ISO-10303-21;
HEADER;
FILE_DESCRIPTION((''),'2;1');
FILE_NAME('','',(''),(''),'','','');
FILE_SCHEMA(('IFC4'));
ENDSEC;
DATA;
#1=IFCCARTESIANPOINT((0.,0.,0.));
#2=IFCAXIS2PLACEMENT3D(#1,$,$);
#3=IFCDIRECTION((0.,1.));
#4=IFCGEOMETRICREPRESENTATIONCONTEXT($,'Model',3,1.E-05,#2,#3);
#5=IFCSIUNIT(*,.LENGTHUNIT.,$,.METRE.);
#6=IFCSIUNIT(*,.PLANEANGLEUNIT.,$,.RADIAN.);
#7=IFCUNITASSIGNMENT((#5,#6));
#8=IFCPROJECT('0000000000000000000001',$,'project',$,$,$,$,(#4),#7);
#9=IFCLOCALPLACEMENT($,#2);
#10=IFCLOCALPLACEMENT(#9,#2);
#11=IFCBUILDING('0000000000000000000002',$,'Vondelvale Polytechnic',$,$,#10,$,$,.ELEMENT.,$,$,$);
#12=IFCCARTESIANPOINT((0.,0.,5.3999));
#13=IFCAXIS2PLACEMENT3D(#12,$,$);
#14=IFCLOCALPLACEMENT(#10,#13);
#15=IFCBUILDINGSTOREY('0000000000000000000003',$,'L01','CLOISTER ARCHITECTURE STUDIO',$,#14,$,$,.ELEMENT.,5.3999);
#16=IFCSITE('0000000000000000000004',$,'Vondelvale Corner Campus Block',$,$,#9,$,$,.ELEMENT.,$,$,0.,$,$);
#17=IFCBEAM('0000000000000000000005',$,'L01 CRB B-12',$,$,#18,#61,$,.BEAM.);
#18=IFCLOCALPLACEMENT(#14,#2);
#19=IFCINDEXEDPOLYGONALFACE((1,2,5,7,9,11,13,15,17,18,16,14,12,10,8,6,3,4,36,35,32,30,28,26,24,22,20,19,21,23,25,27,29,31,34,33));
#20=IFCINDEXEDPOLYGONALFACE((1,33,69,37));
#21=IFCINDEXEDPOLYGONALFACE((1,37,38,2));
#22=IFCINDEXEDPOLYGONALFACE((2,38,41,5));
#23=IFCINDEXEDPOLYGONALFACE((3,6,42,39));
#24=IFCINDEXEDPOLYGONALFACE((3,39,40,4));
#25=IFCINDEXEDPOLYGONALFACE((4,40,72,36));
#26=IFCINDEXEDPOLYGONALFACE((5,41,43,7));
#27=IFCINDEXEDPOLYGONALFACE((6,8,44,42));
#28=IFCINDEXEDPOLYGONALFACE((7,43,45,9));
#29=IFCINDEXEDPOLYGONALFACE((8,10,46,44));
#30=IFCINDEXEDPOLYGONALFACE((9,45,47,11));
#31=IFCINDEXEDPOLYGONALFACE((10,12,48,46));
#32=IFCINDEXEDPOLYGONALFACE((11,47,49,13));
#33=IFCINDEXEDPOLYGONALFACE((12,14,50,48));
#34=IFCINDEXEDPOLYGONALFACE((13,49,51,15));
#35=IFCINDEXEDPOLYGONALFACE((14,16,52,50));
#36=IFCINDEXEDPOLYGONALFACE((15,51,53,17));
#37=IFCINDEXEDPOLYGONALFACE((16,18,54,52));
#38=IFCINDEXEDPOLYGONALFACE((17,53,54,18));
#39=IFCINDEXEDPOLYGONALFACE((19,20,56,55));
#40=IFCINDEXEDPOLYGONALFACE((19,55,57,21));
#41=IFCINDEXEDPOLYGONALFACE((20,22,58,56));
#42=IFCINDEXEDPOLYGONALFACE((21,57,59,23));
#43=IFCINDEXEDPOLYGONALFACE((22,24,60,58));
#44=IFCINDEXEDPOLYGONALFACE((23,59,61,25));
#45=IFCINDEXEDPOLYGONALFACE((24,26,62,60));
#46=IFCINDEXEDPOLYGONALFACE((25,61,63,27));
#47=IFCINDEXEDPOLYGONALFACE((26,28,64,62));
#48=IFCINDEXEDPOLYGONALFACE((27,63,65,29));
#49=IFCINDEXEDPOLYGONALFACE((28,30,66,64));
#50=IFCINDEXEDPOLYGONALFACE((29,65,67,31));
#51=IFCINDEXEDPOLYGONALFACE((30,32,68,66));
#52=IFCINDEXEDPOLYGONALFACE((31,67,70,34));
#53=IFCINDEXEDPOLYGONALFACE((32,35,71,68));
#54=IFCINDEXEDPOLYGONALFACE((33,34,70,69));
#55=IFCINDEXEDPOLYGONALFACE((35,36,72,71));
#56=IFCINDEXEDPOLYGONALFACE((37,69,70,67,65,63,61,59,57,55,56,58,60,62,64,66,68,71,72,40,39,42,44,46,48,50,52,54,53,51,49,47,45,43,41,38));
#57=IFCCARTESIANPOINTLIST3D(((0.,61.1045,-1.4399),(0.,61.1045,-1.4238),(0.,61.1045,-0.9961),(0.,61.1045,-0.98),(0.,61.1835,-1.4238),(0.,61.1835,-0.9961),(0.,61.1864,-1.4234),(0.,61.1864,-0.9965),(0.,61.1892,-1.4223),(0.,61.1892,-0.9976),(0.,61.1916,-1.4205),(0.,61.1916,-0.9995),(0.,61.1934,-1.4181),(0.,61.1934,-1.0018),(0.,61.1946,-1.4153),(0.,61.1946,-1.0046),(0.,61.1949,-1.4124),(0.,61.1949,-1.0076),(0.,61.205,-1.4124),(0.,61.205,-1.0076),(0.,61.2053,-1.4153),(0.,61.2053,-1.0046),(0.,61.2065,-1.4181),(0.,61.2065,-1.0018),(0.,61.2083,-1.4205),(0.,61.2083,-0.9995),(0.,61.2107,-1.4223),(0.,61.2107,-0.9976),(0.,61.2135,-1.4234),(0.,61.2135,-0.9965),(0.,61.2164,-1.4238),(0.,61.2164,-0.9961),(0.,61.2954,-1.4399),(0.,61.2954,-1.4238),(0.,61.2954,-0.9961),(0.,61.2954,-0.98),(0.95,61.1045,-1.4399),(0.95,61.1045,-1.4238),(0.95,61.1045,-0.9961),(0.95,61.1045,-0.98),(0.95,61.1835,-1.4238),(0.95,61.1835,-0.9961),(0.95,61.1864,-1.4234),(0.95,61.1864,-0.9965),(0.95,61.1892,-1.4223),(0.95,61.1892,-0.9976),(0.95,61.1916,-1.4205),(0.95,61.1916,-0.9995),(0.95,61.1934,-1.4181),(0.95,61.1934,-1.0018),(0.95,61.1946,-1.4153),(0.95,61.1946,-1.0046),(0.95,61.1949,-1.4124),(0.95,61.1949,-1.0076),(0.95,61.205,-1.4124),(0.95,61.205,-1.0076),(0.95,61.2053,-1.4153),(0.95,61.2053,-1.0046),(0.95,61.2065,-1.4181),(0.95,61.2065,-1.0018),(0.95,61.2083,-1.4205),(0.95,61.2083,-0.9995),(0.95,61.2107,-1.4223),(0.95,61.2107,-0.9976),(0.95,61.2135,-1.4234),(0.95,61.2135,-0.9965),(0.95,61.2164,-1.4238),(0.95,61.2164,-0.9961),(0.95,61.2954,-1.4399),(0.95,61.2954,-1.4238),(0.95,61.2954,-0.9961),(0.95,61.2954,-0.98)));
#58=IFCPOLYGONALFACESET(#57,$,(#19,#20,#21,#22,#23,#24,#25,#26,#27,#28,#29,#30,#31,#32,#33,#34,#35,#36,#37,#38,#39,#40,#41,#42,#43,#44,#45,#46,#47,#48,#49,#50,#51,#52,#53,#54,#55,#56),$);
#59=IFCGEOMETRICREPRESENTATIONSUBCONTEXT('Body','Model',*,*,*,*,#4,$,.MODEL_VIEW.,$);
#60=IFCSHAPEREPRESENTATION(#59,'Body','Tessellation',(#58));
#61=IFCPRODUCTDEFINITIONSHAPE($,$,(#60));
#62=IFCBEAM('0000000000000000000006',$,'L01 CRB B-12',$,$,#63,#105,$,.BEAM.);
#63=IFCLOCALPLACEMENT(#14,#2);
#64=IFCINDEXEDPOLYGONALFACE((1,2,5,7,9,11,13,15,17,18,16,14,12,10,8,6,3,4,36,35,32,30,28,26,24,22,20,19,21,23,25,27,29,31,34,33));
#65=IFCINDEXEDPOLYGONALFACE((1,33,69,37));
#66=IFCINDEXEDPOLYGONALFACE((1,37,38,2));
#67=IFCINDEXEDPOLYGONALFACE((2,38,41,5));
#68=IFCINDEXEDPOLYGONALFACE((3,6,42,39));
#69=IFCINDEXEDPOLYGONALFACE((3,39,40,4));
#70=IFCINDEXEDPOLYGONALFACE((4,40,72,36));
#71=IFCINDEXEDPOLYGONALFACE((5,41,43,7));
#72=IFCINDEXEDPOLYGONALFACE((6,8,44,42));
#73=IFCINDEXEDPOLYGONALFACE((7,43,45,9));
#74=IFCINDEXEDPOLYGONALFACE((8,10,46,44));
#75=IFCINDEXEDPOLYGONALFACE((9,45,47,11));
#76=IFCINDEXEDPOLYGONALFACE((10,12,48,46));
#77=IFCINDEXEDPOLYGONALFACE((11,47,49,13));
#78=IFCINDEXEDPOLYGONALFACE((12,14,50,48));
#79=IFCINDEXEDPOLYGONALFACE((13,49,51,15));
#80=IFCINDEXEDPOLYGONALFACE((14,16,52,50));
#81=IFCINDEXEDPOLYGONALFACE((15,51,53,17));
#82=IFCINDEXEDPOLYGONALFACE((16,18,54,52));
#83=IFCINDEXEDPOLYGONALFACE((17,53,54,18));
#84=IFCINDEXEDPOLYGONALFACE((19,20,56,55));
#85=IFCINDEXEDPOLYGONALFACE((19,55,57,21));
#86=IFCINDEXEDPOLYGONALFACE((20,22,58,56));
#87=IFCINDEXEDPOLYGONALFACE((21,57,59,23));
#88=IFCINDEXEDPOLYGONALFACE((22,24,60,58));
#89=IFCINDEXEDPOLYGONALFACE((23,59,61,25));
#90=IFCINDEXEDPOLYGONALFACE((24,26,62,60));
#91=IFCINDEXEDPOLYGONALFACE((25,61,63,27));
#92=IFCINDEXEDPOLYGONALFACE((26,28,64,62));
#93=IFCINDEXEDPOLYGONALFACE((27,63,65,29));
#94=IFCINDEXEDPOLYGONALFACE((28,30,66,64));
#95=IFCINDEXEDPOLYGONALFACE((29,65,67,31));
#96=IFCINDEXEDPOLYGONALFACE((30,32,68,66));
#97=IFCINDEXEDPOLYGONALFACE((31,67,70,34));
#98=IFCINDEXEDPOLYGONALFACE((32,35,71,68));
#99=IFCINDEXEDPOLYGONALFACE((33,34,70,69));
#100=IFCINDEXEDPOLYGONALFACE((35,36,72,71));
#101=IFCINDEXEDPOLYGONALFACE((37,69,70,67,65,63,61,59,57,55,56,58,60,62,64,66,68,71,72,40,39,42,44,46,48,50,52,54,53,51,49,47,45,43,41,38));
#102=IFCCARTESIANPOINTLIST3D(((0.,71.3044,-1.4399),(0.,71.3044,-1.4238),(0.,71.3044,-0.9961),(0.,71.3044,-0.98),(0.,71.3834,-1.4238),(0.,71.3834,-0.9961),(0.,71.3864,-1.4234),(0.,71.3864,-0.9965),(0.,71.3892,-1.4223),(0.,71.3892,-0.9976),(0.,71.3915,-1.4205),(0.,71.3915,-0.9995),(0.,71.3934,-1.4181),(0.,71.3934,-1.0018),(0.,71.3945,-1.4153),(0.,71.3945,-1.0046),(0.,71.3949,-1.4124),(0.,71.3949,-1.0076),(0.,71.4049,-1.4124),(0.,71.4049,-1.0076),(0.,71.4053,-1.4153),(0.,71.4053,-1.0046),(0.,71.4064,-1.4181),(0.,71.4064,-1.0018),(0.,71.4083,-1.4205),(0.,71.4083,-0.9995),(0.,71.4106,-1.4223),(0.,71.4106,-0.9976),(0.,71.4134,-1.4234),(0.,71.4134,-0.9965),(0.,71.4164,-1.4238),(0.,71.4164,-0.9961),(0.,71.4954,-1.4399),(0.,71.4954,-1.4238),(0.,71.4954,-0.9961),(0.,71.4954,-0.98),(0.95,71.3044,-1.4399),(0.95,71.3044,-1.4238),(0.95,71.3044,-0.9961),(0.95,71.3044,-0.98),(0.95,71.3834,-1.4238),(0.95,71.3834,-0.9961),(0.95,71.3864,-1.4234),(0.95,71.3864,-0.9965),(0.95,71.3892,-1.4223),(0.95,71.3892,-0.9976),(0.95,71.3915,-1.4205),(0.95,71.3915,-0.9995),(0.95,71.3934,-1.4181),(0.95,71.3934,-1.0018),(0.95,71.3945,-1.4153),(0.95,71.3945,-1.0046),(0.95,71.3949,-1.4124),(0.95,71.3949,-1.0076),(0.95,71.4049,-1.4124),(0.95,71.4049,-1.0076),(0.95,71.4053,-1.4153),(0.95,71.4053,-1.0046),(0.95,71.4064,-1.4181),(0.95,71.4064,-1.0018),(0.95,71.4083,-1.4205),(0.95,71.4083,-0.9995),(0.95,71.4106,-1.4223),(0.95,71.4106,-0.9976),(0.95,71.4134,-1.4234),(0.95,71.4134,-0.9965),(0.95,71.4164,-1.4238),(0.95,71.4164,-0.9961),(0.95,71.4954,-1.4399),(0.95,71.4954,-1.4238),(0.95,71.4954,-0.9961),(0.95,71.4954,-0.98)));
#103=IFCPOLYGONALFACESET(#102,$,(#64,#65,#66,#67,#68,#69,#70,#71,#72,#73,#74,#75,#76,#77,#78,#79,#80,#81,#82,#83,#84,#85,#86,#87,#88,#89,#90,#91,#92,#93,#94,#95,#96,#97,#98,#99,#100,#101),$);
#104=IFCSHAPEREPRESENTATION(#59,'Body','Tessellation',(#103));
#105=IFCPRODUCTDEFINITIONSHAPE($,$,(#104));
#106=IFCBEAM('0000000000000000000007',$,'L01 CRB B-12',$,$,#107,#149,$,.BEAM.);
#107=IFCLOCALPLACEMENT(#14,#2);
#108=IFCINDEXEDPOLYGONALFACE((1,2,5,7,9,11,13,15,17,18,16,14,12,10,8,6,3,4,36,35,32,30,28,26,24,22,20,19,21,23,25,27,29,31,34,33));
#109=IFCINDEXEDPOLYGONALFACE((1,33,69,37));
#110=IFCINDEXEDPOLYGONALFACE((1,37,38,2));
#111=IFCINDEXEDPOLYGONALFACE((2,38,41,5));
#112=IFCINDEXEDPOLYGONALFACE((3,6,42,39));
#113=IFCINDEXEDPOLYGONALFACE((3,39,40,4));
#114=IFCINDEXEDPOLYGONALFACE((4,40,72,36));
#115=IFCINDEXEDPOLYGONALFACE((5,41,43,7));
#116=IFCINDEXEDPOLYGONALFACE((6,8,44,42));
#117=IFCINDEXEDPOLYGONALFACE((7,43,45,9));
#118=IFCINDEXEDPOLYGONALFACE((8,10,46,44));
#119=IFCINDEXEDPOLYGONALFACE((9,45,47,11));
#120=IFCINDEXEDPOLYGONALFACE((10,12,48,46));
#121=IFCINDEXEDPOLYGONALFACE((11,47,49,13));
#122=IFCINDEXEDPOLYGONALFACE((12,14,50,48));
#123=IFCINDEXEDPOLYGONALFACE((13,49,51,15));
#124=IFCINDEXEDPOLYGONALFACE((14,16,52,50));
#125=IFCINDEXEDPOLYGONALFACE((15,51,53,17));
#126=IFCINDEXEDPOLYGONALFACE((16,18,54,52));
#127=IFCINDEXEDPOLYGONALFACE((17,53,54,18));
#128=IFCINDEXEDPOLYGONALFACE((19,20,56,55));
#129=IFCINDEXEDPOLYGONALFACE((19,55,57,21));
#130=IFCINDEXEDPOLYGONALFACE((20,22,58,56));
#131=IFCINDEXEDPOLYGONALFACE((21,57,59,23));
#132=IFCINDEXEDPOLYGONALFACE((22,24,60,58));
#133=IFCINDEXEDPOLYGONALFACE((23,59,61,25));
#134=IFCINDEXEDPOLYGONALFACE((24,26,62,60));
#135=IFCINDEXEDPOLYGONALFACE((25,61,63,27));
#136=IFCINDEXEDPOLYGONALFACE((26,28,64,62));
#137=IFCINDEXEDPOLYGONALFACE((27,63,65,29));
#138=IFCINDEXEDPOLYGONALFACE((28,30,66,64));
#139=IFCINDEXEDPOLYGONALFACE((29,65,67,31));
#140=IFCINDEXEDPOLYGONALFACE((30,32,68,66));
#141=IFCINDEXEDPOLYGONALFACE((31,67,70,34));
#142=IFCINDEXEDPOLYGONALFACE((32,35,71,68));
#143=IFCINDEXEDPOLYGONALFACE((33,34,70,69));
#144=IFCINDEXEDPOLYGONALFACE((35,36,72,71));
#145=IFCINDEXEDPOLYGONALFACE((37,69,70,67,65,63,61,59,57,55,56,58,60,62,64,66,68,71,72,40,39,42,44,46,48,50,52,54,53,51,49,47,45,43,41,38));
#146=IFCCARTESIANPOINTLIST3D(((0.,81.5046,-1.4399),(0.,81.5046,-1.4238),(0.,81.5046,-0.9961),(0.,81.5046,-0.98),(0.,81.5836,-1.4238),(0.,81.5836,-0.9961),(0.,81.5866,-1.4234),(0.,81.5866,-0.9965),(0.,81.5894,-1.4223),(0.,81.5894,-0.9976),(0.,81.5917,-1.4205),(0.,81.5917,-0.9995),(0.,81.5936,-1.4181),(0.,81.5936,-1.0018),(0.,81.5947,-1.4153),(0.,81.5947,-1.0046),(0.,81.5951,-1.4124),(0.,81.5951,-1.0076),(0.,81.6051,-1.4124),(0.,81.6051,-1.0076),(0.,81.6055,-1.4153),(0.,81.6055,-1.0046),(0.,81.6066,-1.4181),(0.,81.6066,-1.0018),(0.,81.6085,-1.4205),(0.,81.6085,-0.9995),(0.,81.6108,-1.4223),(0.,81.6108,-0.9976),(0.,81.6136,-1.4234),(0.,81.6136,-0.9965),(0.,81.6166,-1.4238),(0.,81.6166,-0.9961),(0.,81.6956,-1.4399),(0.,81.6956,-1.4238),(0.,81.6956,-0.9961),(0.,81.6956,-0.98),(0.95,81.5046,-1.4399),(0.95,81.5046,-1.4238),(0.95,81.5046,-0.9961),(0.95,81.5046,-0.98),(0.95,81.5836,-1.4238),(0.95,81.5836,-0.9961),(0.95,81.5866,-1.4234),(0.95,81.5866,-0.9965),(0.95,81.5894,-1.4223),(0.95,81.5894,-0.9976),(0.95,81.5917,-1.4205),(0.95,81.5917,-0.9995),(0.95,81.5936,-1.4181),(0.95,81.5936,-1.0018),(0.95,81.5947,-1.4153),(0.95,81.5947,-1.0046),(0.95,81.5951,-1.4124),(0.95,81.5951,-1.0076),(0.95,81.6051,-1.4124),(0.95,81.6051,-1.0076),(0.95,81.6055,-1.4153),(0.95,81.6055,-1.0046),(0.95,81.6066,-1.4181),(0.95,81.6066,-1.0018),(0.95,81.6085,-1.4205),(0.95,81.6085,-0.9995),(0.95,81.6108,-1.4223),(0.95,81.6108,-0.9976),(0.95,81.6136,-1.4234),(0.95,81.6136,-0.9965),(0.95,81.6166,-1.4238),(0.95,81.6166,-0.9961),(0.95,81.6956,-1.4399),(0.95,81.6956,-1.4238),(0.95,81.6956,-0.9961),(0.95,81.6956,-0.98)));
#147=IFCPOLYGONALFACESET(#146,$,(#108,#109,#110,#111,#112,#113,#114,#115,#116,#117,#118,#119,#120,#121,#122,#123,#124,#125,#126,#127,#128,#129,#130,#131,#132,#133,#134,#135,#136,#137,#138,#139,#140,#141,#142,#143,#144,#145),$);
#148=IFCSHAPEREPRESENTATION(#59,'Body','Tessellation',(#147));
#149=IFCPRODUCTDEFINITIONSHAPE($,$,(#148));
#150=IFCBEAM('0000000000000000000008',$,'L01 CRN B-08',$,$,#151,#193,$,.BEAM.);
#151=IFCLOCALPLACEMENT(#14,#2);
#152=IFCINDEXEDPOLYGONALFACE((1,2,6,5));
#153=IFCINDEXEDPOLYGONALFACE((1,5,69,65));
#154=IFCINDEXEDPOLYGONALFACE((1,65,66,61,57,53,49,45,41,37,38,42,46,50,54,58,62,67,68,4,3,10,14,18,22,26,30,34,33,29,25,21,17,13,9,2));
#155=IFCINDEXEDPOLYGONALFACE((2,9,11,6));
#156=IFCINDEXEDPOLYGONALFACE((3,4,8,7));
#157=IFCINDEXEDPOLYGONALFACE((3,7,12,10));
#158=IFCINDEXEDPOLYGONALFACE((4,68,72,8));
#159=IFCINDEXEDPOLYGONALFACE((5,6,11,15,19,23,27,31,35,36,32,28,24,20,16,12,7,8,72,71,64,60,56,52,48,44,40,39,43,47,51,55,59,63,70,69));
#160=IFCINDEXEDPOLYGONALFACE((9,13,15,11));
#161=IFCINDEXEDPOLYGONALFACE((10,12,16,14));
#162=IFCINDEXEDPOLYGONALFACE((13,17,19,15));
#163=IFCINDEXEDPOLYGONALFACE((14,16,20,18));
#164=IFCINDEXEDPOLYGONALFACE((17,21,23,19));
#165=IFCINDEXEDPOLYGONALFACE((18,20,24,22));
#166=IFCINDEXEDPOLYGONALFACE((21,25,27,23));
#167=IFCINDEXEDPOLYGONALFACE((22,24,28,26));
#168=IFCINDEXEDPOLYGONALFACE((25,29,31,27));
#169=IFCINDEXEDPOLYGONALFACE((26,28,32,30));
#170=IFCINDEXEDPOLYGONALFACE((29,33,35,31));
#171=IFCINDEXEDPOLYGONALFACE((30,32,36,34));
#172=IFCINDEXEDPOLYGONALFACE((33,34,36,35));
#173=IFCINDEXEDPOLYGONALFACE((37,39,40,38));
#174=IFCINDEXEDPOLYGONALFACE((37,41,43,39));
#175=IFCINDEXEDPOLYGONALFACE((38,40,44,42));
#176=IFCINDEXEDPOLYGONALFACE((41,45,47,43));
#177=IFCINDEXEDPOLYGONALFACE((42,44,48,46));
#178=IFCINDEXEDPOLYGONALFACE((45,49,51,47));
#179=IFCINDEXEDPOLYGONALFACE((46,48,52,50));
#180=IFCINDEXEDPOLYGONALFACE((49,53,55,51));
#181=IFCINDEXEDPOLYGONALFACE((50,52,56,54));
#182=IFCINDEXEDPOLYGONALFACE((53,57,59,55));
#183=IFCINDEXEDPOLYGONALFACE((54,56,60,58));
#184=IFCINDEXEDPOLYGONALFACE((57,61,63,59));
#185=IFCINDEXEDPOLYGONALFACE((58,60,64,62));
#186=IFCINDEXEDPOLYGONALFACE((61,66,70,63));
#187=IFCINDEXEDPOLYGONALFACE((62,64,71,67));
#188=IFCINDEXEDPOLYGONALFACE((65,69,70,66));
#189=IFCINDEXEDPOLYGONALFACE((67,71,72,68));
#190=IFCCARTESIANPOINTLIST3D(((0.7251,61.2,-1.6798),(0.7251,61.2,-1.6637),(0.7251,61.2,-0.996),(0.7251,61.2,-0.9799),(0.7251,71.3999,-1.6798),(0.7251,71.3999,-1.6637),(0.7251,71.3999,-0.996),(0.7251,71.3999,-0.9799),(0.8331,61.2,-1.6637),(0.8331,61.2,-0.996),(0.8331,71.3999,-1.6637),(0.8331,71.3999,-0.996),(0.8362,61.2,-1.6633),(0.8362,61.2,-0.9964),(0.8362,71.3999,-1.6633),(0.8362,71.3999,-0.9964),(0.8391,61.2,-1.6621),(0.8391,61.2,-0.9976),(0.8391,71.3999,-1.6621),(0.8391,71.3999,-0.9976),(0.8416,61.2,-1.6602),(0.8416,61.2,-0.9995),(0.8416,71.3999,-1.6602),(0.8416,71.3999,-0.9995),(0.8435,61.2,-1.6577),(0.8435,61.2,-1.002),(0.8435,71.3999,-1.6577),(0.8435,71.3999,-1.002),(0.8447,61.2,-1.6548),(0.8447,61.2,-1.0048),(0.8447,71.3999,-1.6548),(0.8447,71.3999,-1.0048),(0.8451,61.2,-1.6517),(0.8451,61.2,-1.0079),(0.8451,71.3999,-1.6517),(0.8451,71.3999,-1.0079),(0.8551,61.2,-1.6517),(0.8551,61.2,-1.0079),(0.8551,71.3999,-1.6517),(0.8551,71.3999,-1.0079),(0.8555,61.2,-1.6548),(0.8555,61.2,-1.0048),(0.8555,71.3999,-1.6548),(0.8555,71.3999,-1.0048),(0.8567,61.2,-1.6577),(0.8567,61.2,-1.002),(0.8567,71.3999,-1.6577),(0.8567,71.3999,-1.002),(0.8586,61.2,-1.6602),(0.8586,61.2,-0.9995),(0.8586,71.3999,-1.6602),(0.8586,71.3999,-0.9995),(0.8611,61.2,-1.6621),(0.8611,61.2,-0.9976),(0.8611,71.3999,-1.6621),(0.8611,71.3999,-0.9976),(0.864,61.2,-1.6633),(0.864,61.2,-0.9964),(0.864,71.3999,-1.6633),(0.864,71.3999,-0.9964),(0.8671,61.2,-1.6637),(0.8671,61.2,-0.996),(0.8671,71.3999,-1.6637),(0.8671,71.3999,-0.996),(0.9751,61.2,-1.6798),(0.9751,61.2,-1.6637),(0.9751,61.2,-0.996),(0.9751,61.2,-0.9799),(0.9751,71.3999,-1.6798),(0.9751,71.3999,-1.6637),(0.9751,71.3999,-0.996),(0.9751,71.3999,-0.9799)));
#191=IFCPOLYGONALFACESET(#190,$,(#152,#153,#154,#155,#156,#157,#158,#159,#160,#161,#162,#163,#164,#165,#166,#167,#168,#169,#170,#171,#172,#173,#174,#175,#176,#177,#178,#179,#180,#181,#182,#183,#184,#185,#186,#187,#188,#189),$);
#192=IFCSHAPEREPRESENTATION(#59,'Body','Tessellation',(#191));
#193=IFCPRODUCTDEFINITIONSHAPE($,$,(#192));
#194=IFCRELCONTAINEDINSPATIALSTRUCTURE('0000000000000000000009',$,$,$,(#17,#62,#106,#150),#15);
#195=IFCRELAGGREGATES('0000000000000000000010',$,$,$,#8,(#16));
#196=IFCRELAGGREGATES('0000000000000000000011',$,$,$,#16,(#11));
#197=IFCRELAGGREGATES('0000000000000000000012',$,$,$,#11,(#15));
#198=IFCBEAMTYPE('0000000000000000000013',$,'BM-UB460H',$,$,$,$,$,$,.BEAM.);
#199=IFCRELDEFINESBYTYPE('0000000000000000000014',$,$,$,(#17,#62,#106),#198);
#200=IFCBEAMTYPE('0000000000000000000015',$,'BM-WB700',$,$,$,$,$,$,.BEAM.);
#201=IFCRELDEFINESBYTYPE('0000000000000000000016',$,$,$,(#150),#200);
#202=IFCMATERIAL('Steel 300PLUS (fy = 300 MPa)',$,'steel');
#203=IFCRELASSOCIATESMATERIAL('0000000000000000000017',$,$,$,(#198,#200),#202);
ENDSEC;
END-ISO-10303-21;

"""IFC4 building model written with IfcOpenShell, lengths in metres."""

from ifc_helpers import new_model, si_unit, direction, frame, origin, origin_2d, place, context, subcontext, project, spatial, i_section, extrude, material, material_profile, profile_set, type_object, element, save


model = new_model("IFC4")

# Units and contexts
model_context = context("Model", 3, precision=1e-05, world=origin(), true_north=direction((0.0, 1.0)))
body_context = subcontext(model_context, "Body", "Model", "MODEL_VIEW")
ifc_project = project(units=[si_unit("LENGTHUNIT", "METRE"), si_unit("PLANEANGLEUNIT", "RADIAN")], contexts=[model_context])

# Site, building, storey
site_placement = place(None, origin())
site = spatial("IfcSite", under=ifc_project, at=site_placement, Name="Vondelvale Corner Campus Block", CompositionType="ELEMENT", RefElevation=0.0)
building_placement = place(site_placement, origin())
building = spatial("IfcBuilding", under=site, at=building_placement, Name="Vondelvale Polytechnic", CompositionType="ELEMENT")
storey_placement = place(building_placement, frame((0.0, 0.0, 5.3999)))
storey = spatial("IfcBuildingStorey", under=building, at=storey_placement, Name="L01", Description="CLOISTER ARCHITECTURE STUDIO", CompositionType="ELEMENT", Elevation=5.3999)

# Shared definitions
ifc_material_1 = material(Name="Steel 300PLUS (fy = 300 MPa)", Category="steel")

# Beams
ifc_material_profile_1 = material_profile(ifc_material_1, i_section(OverallWidth=0.1909, OverallDepth=0.46, WebThickness=0.01, FlangeThickness=0.0161, FilletRadius=0.0115, at=origin_2d()), Name="460UB82.1")
ifc_profile_set_1 = profile_set([ifc_material_profile_1], Name="Steel 300PLUS (fy = 300 MPa)")
beam_type_1 = type_object("IfcBeamType", Name="BM-UB460H", PredefinedType="BEAM", material=ifc_profile_set_1)
for number, where, z_axis, x_axis, name in (
    (1, (0.0, 61.2, -1.21), (1.0, 0.0, 0.0), (0.0, 1.0, 0.0), "L01 CRB B-12"),
    (2, (0.0, 71.3999, -1.21), (1.0, 0.0, 0.0), (0.0, 1.0, 0.0), "L01 CRB B-12"),
    (3, (0.0, 81.6001, -1.21), (1.0, 0.0, 0.0), (0.0, 1.0, 0.0), "L01 CRB B-12"),
):
    element("IfcBeam", number, at=place(storey_placement, frame(where, z_axis=z_axis, x_axis=x_axis)), inside=storey, type_object=beam_type_1, Name=name, PredefinedType="BEAM", context=body_context, shape_type="SweptSolid", body=[
        extrude(i_section(OverallWidth=0.1909, OverallDepth=0.46, WebThickness=0.01, FlangeThickness=0.0161, FilletRadius=0.0115, at=origin_2d()), origin(), (0.0, 0.0, 1.0), 0.95),
    ])
ifc_material_profile_2 = material_profile(ifc_material_1, i_section(OverallWidth=0.25, OverallDepth=0.7, WebThickness=0.01, FlangeThickness=0.0161, FilletRadius=0.012, at=origin_2d()), Name="700WB130")
ifc_profile_set_2 = profile_set([ifc_material_profile_2], Name="Steel 300PLUS (fy = 300 MPa)")
beam_type_2 = type_object("IfcBeamType", Name="BM-WB700", PredefinedType="BEAM", material=ifc_profile_set_2)
beam_1_placement = place(storey_placement, frame((0.8501, 61.2, -1.3298), z_axis=(0.0, 1.0, 0.0), x_axis=(-1.0, 0.0, 0.0)))
element("IfcBeam", 4, at=beam_1_placement, inside=storey, type_object=beam_type_2, Name="L01 CRN B-08", PredefinedType="BEAM", context=body_context, shape_type="SweptSolid", body=[
    extrude(i_section(OverallWidth=0.25, OverallDepth=0.7, WebThickness=0.01, FlangeThickness=0.0161, FilletRadius=0.012, at=origin_2d()), origin(), (0.0, 0.0, 1.0), 10.2),
])

save(model, "model.ifc")
